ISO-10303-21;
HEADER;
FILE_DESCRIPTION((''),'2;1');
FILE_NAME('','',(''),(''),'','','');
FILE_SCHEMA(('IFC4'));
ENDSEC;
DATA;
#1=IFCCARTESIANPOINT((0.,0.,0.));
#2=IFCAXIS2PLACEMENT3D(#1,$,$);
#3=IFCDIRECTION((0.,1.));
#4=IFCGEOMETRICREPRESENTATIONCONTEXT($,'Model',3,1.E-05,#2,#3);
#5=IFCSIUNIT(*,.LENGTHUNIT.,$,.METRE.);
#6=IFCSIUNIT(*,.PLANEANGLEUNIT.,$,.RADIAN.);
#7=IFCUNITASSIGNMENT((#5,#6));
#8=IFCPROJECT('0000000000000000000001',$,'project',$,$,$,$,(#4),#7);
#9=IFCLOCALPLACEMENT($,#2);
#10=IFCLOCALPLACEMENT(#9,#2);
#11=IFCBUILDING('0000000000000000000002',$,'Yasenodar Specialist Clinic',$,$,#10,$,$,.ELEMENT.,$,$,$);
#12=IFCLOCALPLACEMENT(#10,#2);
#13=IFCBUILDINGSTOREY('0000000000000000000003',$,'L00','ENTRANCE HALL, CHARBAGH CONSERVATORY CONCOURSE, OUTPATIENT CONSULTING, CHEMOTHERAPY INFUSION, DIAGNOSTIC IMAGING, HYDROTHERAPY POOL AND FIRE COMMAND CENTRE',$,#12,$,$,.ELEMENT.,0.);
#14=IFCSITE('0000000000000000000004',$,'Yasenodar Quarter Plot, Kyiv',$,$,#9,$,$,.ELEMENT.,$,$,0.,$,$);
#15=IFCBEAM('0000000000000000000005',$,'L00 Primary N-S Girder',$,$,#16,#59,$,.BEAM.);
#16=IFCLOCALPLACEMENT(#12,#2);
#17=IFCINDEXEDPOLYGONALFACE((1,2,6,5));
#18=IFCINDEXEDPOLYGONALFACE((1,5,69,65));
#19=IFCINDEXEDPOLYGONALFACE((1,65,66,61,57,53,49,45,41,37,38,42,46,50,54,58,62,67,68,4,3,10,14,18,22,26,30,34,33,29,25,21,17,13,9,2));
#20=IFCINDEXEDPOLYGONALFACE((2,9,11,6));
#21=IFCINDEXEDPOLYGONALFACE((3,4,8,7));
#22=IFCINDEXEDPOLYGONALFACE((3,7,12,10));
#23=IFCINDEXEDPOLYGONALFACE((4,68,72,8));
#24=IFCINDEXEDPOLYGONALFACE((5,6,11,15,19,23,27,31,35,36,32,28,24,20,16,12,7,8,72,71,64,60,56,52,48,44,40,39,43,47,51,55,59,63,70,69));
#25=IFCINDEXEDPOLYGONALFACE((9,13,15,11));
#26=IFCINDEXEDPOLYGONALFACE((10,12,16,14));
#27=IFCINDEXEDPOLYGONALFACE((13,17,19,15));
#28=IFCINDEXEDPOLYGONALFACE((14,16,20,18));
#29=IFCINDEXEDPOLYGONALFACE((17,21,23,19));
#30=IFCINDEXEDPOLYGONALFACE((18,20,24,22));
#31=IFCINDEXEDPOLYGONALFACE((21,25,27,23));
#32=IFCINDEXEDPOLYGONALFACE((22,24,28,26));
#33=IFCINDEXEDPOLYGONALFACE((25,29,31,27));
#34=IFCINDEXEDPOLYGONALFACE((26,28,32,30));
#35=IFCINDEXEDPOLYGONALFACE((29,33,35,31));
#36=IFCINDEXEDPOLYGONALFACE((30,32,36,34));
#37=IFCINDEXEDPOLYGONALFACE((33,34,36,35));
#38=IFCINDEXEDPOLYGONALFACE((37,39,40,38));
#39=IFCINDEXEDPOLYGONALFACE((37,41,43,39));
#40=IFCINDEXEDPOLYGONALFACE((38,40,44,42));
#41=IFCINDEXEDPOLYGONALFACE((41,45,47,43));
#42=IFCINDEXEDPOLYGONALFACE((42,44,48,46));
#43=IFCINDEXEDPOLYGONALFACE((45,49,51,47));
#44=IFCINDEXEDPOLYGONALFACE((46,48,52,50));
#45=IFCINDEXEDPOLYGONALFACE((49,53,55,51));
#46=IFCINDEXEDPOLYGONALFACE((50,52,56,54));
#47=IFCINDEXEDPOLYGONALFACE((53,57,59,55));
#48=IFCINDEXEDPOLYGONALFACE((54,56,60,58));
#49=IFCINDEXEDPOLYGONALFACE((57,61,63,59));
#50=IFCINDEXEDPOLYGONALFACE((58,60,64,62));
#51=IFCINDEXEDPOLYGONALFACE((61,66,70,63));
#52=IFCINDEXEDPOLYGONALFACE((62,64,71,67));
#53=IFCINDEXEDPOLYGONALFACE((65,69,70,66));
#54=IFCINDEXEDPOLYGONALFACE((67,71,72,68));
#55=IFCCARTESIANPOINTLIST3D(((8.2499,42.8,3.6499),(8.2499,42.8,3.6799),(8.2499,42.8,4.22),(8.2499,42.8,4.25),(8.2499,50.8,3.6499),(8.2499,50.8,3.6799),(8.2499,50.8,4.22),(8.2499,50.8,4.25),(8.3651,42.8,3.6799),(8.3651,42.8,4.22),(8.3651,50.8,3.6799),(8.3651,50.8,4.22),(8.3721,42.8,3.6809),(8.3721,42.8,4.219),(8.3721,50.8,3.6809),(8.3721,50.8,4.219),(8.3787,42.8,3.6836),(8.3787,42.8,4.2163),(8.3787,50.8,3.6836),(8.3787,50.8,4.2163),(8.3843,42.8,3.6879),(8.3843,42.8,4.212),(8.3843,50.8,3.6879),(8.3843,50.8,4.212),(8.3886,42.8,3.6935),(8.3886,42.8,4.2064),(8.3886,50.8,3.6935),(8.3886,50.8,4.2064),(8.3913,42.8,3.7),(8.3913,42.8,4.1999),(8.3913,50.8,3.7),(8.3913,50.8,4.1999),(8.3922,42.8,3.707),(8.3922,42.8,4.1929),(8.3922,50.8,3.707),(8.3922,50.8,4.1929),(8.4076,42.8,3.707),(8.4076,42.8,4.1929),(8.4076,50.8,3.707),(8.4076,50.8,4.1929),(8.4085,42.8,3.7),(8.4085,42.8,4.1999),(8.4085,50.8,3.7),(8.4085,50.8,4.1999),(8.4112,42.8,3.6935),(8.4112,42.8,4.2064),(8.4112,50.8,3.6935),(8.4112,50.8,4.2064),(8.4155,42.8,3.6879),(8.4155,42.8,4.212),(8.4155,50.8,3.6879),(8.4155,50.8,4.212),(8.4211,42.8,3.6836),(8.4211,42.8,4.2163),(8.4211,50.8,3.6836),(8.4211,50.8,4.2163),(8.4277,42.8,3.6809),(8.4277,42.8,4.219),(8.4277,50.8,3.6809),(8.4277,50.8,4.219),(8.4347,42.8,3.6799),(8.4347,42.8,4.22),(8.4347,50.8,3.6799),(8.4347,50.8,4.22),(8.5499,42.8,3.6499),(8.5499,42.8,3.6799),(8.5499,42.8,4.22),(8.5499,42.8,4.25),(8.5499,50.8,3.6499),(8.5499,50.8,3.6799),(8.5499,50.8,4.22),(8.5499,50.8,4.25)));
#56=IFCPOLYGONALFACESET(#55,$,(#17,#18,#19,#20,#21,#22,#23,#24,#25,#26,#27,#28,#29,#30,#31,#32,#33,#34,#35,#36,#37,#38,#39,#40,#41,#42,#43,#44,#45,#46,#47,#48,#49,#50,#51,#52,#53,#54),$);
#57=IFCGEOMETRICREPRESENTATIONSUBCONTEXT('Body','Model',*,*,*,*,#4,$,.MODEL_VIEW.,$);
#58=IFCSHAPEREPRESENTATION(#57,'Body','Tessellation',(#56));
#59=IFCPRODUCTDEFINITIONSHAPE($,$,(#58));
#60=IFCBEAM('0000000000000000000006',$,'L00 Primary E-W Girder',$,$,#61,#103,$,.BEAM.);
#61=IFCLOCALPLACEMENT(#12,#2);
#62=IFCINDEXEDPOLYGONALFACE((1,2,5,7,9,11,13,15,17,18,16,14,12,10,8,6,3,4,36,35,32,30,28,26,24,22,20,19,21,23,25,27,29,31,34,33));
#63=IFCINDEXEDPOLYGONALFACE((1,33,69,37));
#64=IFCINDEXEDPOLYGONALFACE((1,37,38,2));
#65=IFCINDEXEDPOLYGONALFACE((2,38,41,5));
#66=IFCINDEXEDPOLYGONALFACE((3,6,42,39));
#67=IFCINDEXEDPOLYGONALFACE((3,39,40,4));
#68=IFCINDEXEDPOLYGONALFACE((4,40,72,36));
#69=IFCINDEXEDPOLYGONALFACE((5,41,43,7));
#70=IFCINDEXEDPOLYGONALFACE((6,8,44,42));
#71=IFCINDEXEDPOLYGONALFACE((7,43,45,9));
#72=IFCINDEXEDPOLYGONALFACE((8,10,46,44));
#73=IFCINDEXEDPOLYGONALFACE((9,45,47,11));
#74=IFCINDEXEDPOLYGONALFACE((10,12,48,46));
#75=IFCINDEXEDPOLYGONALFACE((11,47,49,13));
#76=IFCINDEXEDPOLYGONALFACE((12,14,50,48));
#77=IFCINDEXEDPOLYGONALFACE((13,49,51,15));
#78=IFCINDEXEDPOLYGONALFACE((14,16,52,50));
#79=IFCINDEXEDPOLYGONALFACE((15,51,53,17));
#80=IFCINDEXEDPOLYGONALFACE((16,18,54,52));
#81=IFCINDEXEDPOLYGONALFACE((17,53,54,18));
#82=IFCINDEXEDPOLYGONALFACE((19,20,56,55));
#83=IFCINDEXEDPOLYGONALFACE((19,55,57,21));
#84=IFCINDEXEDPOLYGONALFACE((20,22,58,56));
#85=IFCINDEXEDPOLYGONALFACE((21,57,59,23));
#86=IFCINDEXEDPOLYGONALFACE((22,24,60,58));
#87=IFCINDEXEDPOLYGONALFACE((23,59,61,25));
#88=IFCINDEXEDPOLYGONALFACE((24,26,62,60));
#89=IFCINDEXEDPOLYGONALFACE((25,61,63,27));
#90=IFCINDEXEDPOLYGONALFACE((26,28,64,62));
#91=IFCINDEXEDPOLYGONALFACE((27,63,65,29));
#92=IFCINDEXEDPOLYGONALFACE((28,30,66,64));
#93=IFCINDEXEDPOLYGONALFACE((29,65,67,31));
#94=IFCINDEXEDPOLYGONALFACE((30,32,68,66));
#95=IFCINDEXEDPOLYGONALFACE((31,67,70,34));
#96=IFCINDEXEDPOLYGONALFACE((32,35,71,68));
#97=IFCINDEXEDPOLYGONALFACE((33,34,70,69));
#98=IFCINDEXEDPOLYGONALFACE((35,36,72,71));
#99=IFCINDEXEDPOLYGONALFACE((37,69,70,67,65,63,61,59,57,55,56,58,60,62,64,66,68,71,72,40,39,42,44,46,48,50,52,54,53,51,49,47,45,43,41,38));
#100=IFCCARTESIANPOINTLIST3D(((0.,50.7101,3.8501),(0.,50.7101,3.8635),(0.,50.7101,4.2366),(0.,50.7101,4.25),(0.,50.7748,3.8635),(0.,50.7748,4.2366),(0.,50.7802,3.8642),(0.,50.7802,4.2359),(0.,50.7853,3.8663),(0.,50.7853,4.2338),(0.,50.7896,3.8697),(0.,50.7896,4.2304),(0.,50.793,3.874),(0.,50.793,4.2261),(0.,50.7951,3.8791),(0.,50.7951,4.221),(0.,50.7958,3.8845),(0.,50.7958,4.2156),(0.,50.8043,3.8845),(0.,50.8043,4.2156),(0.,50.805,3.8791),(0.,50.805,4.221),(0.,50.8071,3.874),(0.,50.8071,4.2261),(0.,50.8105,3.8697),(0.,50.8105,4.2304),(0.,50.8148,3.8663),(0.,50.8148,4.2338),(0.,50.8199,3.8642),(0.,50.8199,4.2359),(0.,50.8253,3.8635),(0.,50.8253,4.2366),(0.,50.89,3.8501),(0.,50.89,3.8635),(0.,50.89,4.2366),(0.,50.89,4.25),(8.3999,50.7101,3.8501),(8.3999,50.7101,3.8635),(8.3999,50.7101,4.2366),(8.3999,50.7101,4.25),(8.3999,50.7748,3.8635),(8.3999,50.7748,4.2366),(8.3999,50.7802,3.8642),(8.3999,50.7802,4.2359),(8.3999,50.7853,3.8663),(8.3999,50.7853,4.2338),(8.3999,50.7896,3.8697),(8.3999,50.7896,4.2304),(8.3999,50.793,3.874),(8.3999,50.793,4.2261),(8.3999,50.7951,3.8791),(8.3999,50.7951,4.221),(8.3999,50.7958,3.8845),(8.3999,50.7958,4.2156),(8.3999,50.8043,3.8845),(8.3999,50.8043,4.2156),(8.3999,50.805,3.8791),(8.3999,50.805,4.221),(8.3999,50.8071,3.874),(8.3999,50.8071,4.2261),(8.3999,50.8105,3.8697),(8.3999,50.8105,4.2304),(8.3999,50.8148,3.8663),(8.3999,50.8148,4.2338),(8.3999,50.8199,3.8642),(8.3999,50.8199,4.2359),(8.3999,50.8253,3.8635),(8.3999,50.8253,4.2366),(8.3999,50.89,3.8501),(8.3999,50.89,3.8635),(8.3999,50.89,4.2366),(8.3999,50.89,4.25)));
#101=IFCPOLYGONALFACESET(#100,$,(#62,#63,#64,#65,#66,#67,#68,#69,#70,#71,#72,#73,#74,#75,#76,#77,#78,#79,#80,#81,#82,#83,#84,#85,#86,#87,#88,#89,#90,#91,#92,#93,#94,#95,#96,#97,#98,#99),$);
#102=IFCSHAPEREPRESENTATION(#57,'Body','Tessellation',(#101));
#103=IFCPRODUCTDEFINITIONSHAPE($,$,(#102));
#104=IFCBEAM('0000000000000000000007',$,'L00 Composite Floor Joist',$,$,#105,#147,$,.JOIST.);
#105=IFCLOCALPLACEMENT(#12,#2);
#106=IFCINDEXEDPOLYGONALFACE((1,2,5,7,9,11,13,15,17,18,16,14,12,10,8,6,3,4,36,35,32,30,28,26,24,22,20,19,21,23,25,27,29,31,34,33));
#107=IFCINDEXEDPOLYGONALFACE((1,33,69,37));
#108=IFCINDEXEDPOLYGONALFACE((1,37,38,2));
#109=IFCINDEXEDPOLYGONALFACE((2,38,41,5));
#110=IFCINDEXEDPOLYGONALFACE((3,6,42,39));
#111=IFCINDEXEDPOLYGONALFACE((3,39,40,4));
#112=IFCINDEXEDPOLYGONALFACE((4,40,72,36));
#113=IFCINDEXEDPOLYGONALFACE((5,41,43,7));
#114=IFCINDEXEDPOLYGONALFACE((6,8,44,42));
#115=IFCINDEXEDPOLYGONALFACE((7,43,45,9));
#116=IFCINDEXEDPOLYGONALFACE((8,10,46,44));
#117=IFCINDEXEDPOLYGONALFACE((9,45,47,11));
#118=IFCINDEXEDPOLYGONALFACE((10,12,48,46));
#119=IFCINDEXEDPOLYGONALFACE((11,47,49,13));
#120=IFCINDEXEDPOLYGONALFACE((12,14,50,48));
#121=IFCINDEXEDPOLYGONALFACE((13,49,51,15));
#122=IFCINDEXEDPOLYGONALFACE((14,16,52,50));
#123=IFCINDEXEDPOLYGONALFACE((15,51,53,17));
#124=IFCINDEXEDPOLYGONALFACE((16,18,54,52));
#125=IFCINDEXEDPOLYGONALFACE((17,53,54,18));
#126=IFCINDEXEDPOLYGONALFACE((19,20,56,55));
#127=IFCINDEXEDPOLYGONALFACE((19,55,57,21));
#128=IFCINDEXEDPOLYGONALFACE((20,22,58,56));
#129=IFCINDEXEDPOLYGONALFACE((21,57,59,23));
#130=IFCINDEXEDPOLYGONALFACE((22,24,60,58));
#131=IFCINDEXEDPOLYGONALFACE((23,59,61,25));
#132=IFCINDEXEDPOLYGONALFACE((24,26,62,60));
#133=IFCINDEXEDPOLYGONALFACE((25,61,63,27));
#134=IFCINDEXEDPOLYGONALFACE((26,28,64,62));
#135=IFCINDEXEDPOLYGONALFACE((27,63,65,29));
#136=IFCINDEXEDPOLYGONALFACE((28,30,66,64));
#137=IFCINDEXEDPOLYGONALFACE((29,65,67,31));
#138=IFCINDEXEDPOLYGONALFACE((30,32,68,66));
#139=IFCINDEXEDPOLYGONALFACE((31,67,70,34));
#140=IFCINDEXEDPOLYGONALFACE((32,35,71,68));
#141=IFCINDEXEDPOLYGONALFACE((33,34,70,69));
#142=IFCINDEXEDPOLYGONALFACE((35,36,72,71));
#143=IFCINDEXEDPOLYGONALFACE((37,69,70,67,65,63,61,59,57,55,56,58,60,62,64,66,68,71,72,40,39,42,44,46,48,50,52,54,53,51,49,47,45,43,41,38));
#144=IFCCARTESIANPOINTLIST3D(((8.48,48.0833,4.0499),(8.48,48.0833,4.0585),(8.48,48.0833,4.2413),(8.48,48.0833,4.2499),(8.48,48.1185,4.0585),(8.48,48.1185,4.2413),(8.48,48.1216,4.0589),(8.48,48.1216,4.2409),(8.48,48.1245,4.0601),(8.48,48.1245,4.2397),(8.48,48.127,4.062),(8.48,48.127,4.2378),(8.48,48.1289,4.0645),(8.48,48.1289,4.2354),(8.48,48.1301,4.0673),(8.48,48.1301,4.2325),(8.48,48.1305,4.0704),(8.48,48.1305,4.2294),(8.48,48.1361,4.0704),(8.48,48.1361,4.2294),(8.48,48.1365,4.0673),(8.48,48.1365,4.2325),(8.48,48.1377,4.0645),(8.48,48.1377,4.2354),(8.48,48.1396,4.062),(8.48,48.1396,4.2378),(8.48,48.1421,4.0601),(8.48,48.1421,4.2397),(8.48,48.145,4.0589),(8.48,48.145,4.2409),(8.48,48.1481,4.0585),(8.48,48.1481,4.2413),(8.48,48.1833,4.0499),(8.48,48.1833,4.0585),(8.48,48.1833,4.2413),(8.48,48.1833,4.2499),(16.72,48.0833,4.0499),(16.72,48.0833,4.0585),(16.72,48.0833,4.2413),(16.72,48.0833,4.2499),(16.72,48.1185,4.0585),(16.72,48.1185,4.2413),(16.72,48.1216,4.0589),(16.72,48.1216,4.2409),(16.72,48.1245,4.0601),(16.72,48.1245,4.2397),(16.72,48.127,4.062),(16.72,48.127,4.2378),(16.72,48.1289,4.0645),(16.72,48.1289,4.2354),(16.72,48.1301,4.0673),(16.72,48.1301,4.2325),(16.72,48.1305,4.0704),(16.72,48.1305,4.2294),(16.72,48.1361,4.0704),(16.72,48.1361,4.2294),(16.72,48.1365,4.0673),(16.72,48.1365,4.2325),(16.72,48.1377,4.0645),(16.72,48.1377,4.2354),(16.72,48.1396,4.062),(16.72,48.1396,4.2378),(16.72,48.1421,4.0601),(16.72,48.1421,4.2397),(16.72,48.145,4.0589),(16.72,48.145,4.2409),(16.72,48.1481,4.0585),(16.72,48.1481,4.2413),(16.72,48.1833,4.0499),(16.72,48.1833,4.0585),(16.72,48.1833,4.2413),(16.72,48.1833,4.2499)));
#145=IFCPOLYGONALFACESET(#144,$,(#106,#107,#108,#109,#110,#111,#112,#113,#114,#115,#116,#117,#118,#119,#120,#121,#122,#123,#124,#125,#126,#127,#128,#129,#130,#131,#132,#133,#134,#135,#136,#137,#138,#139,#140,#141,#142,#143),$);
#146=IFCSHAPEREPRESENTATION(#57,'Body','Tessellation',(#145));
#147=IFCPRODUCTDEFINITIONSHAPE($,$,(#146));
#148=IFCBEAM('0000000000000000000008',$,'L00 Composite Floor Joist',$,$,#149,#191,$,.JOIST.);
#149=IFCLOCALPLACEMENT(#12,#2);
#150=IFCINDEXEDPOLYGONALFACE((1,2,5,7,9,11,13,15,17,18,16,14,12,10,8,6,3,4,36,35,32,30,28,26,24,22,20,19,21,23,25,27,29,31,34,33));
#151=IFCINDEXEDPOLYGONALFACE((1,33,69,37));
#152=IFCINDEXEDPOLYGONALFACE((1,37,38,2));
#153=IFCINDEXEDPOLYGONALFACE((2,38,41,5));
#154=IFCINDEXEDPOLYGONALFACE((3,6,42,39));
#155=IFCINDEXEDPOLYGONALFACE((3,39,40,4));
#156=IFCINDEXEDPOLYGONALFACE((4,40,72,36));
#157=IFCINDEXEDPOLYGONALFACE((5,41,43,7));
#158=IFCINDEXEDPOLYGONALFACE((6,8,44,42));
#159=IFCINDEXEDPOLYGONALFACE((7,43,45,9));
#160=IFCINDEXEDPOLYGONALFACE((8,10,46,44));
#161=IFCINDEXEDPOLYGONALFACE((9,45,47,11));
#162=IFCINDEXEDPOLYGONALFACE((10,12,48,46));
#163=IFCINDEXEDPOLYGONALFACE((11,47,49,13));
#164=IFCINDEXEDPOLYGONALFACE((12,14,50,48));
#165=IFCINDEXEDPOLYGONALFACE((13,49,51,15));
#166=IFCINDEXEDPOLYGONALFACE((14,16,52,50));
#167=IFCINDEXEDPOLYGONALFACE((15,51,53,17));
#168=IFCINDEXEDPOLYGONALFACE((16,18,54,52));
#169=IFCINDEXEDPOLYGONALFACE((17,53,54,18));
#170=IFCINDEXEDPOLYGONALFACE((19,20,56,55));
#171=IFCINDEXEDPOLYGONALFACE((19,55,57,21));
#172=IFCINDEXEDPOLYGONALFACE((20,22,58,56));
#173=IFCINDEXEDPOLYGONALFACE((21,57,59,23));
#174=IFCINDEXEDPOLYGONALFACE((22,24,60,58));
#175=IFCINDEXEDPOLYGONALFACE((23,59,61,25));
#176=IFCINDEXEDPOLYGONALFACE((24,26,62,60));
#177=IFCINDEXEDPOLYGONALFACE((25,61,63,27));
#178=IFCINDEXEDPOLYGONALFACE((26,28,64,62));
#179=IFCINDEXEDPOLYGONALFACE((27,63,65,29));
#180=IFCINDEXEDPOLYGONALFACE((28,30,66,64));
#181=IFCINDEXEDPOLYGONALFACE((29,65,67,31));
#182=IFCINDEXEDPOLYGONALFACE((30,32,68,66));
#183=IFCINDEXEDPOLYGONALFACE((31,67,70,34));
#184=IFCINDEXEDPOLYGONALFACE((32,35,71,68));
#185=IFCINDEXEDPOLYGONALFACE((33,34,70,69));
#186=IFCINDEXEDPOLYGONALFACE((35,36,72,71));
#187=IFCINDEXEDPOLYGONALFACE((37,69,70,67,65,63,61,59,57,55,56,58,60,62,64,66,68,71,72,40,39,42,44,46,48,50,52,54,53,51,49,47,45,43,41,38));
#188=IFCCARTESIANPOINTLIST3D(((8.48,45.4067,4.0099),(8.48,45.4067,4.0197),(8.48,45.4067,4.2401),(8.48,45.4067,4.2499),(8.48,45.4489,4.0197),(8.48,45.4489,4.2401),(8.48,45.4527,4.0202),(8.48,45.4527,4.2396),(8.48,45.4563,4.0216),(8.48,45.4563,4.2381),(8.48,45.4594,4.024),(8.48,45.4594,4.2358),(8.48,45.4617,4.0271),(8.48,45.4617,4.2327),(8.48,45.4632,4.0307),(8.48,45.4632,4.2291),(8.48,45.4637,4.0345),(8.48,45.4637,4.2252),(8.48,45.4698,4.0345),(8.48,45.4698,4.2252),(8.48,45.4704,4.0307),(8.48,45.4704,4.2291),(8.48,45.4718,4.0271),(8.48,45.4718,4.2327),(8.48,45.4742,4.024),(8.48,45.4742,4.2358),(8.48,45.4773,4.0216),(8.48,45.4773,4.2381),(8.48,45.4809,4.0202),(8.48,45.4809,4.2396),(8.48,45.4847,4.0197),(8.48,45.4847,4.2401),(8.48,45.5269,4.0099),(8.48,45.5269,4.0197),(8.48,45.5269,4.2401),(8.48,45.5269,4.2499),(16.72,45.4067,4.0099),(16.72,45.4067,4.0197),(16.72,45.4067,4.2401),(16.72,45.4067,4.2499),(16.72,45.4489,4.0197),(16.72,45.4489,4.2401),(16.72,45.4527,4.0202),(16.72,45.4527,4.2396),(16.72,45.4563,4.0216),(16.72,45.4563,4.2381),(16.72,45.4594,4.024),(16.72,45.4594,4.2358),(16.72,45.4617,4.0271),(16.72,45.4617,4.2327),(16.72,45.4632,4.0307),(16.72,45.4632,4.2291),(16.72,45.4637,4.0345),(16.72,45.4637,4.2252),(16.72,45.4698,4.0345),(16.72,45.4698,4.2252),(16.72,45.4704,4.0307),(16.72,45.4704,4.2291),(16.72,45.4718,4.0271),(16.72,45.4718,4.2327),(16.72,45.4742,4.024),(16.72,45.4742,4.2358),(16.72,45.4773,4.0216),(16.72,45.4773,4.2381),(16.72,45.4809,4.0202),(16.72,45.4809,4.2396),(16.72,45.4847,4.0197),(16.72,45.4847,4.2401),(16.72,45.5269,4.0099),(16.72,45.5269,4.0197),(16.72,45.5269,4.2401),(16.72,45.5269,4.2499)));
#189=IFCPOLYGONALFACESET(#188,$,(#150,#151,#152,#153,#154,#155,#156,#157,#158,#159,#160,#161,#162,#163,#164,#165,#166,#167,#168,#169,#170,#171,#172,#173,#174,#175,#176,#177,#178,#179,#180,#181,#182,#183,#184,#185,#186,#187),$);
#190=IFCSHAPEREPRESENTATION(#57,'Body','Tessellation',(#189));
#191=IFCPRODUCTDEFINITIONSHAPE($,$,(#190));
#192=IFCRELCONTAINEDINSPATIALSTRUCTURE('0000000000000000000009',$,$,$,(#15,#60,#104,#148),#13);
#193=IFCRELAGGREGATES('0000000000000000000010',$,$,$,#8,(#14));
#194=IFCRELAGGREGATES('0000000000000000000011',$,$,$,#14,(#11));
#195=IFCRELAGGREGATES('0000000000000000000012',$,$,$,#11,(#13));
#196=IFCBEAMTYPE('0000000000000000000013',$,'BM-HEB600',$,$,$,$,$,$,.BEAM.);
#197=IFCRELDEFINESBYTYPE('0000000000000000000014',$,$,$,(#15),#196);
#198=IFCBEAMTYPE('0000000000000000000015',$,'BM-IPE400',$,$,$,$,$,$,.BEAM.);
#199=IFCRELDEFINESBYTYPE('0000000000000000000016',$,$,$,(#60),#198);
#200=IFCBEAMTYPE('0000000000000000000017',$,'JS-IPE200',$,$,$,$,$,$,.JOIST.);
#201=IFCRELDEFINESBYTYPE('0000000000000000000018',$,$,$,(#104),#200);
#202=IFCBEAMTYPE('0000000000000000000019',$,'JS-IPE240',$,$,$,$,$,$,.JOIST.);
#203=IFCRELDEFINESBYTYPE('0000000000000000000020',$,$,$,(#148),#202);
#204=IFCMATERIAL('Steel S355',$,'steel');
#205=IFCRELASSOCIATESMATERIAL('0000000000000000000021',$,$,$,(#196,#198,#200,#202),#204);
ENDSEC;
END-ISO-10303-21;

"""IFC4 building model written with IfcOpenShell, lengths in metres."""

from ifc_helpers import new_model, si_unit, direction, frame, origin, origin_2d, place, context, subcontext, project, spatial, i_section, extrude, material, material_profile, profile_set, type_object, element, save


model = new_model("IFC4")

# Units and contexts
model_context = context("Model", 3, precision=1e-05, world=origin(), true_north=direction((0.0, 1.0)))
body_context = subcontext(model_context, "Body", "Model", "MODEL_VIEW")
ifc_project = project(units=[si_unit("LENGTHUNIT", "METRE"), si_unit("PLANEANGLEUNIT", "RADIAN")], contexts=[model_context])

# Site, building, storey
site_placement = place(None, origin())
site = spatial("IfcSite", under=ifc_project, at=site_placement, Name="Yasenodar Quarter Plot, Kyiv", CompositionType="ELEMENT", RefElevation=0.0)
building_placement = place(site_placement, origin())
building = spatial("IfcBuilding", under=site, at=building_placement, Name="Yasenodar Specialist Clinic", CompositionType="ELEMENT")
storey_placement = place(building_placement, origin())
storey = spatial("IfcBuildingStorey", under=building, at=storey_placement, Name="L00", Description="ENTRANCE HALL, CHARBAGH CONSERVATORY CONCOURSE, OUTPATIENT CONSULTING, CHEMOTHERAPY INFUSION, DIAGNOSTIC IMAGING, HYDROTHERAPY POOL AND FIRE COMMAND CENTRE", CompositionType="ELEMENT", Elevation=0.0)

# Shared definitions
ifc_material_1 = material(Name="Steel S355", Category="steel")

# Beams
ifc_material_profile_1 = material_profile(ifc_material_1, i_section(OverallWidth=0.3, OverallDepth=0.6001, WebThickness=0.0154, FlangeThickness=0.03, FilletRadius=0.0271, at=origin_2d()), Name="HEB 600")
ifc_profile_set_1 = profile_set([ifc_material_profile_1], Name="Steel S355")
beam_type_1 = type_object("IfcBeamType", Name="BM-HEB600", PredefinedType="BEAM", material=ifc_profile_set_1)
beam_1_placement = place(storey_placement, frame((8.3999, 42.8, 3.95), z_axis=(0.0, 1.0, 0.0), x_axis=(-1.0, 0.0, 0.0)))
element("IfcBeam", 1, at=beam_1_placement, inside=storey, type_object=beam_type_1, Name="L00 Primary N-S Girder", PredefinedType="BEAM", context=body_context, shape_type="SweptSolid", body=[
    extrude(i_section(OverallWidth=0.3, OverallDepth=0.6001, WebThickness=0.0154, FlangeThickness=0.03, FilletRadius=0.0271, at=origin_2d()), origin(), (0.0, 0.0, 1.0), 8.0),
])
ifc_material_profile_2 = material_profile(ifc_material_1, i_section(OverallWidth=0.1799, OverallDepth=0.3999, WebThickness=0.0085, FlangeThickness=0.0134, FilletRadius=0.021, at=origin_2d()), Name="IPE 400")
ifc_profile_set_2 = profile_set([ifc_material_profile_2], Name="Steel S355")
beam_type_2 = type_object("IfcBeamType", Name="BM-IPE400", PredefinedType="BEAM", material=ifc_profile_set_2)
beam_2_placement = place(storey_placement, frame((0.0, 50.8, 4.05), z_axis=(1.0, 0.0, 0.0), x_axis=(0.0, 1.0, 0.0)))
element("IfcBeam", 2, at=beam_2_placement, inside=storey, type_object=beam_type_2, Name="L00 Primary E-W Girder", PredefinedType="BEAM", context=body_context, shape_type="SweptSolid", body=[
    extrude(i_section(OverallWidth=0.1799, OverallDepth=0.3999, WebThickness=0.0085, FlangeThickness=0.0134, FilletRadius=0.021, at=origin_2d()), origin(), (0.0, 0.0, 1.0), 8.3999),
])
ifc_material_profile_3 = material_profile(ifc_material_1, i_section(OverallWidth=0.1001, OverallDepth=0.2, WebThickness=0.0056, FlangeThickness=0.0085, FilletRadius=0.012, at=origin_2d()), Name="IPE 200")
ifc_profile_set_3 = profile_set([ifc_material_profile_3], Name="Steel S355")
beam_type_3 = type_object("IfcBeamType", Name="JS-IPE200", PredefinedType="JOIST", material=ifc_profile_set_3)
beam_3_placement = place(storey_placement, frame((8.48, 48.1333, 4.1499), z_axis=(1.0, 0.0, 0.0), x_axis=(0.0, 1.0, 0.0)))
element("IfcBeam", 3, at=beam_3_placement, inside=storey, type_object=beam_type_3, Name="L00 Composite Floor Joist", PredefinedType="JOIST", context=body_context, shape_type="SweptSolid", body=[
    extrude(i_section(OverallWidth=0.1001, OverallDepth=0.2, WebThickness=0.0056, FlangeThickness=0.0085, FilletRadius=0.012, at=origin_2d()), origin(), (0.0, 0.0, 1.0), 8.24),
])
ifc_material_profile_4 = material_profile(ifc_material_1, i_section(OverallWidth=0.1201, OverallDepth=0.24, WebThickness=0.0061, FlangeThickness=0.0098, FilletRadius=0.0149, at=origin_2d()), Name="IPE 240")
ifc_profile_set_4 = profile_set([ifc_material_profile_4], Name="Steel S355")
beam_type_4 = type_object("IfcBeamType", Name="JS-IPE240", PredefinedType="JOIST", material=ifc_profile_set_4)
beam_4_placement = place(storey_placement, frame((8.48, 45.4668, 4.1299), z_axis=(1.0, 0.0, 0.0), x_axis=(0.0, 1.0, 0.0)))
element("IfcBeam", 4, at=beam_4_placement, inside=storey, type_object=beam_type_4, Name="L00 Composite Floor Joist", PredefinedType="JOIST", context=body_context, shape_type="SweptSolid", body=[
    extrude(i_section(OverallWidth=0.1201, OverallDepth=0.24, WebThickness=0.0061, FlangeThickness=0.0098, FilletRadius=0.0149, at=origin_2d()), origin(), (0.0, 0.0, 1.0), 8.24),
])

save(model, "model.ifc")
